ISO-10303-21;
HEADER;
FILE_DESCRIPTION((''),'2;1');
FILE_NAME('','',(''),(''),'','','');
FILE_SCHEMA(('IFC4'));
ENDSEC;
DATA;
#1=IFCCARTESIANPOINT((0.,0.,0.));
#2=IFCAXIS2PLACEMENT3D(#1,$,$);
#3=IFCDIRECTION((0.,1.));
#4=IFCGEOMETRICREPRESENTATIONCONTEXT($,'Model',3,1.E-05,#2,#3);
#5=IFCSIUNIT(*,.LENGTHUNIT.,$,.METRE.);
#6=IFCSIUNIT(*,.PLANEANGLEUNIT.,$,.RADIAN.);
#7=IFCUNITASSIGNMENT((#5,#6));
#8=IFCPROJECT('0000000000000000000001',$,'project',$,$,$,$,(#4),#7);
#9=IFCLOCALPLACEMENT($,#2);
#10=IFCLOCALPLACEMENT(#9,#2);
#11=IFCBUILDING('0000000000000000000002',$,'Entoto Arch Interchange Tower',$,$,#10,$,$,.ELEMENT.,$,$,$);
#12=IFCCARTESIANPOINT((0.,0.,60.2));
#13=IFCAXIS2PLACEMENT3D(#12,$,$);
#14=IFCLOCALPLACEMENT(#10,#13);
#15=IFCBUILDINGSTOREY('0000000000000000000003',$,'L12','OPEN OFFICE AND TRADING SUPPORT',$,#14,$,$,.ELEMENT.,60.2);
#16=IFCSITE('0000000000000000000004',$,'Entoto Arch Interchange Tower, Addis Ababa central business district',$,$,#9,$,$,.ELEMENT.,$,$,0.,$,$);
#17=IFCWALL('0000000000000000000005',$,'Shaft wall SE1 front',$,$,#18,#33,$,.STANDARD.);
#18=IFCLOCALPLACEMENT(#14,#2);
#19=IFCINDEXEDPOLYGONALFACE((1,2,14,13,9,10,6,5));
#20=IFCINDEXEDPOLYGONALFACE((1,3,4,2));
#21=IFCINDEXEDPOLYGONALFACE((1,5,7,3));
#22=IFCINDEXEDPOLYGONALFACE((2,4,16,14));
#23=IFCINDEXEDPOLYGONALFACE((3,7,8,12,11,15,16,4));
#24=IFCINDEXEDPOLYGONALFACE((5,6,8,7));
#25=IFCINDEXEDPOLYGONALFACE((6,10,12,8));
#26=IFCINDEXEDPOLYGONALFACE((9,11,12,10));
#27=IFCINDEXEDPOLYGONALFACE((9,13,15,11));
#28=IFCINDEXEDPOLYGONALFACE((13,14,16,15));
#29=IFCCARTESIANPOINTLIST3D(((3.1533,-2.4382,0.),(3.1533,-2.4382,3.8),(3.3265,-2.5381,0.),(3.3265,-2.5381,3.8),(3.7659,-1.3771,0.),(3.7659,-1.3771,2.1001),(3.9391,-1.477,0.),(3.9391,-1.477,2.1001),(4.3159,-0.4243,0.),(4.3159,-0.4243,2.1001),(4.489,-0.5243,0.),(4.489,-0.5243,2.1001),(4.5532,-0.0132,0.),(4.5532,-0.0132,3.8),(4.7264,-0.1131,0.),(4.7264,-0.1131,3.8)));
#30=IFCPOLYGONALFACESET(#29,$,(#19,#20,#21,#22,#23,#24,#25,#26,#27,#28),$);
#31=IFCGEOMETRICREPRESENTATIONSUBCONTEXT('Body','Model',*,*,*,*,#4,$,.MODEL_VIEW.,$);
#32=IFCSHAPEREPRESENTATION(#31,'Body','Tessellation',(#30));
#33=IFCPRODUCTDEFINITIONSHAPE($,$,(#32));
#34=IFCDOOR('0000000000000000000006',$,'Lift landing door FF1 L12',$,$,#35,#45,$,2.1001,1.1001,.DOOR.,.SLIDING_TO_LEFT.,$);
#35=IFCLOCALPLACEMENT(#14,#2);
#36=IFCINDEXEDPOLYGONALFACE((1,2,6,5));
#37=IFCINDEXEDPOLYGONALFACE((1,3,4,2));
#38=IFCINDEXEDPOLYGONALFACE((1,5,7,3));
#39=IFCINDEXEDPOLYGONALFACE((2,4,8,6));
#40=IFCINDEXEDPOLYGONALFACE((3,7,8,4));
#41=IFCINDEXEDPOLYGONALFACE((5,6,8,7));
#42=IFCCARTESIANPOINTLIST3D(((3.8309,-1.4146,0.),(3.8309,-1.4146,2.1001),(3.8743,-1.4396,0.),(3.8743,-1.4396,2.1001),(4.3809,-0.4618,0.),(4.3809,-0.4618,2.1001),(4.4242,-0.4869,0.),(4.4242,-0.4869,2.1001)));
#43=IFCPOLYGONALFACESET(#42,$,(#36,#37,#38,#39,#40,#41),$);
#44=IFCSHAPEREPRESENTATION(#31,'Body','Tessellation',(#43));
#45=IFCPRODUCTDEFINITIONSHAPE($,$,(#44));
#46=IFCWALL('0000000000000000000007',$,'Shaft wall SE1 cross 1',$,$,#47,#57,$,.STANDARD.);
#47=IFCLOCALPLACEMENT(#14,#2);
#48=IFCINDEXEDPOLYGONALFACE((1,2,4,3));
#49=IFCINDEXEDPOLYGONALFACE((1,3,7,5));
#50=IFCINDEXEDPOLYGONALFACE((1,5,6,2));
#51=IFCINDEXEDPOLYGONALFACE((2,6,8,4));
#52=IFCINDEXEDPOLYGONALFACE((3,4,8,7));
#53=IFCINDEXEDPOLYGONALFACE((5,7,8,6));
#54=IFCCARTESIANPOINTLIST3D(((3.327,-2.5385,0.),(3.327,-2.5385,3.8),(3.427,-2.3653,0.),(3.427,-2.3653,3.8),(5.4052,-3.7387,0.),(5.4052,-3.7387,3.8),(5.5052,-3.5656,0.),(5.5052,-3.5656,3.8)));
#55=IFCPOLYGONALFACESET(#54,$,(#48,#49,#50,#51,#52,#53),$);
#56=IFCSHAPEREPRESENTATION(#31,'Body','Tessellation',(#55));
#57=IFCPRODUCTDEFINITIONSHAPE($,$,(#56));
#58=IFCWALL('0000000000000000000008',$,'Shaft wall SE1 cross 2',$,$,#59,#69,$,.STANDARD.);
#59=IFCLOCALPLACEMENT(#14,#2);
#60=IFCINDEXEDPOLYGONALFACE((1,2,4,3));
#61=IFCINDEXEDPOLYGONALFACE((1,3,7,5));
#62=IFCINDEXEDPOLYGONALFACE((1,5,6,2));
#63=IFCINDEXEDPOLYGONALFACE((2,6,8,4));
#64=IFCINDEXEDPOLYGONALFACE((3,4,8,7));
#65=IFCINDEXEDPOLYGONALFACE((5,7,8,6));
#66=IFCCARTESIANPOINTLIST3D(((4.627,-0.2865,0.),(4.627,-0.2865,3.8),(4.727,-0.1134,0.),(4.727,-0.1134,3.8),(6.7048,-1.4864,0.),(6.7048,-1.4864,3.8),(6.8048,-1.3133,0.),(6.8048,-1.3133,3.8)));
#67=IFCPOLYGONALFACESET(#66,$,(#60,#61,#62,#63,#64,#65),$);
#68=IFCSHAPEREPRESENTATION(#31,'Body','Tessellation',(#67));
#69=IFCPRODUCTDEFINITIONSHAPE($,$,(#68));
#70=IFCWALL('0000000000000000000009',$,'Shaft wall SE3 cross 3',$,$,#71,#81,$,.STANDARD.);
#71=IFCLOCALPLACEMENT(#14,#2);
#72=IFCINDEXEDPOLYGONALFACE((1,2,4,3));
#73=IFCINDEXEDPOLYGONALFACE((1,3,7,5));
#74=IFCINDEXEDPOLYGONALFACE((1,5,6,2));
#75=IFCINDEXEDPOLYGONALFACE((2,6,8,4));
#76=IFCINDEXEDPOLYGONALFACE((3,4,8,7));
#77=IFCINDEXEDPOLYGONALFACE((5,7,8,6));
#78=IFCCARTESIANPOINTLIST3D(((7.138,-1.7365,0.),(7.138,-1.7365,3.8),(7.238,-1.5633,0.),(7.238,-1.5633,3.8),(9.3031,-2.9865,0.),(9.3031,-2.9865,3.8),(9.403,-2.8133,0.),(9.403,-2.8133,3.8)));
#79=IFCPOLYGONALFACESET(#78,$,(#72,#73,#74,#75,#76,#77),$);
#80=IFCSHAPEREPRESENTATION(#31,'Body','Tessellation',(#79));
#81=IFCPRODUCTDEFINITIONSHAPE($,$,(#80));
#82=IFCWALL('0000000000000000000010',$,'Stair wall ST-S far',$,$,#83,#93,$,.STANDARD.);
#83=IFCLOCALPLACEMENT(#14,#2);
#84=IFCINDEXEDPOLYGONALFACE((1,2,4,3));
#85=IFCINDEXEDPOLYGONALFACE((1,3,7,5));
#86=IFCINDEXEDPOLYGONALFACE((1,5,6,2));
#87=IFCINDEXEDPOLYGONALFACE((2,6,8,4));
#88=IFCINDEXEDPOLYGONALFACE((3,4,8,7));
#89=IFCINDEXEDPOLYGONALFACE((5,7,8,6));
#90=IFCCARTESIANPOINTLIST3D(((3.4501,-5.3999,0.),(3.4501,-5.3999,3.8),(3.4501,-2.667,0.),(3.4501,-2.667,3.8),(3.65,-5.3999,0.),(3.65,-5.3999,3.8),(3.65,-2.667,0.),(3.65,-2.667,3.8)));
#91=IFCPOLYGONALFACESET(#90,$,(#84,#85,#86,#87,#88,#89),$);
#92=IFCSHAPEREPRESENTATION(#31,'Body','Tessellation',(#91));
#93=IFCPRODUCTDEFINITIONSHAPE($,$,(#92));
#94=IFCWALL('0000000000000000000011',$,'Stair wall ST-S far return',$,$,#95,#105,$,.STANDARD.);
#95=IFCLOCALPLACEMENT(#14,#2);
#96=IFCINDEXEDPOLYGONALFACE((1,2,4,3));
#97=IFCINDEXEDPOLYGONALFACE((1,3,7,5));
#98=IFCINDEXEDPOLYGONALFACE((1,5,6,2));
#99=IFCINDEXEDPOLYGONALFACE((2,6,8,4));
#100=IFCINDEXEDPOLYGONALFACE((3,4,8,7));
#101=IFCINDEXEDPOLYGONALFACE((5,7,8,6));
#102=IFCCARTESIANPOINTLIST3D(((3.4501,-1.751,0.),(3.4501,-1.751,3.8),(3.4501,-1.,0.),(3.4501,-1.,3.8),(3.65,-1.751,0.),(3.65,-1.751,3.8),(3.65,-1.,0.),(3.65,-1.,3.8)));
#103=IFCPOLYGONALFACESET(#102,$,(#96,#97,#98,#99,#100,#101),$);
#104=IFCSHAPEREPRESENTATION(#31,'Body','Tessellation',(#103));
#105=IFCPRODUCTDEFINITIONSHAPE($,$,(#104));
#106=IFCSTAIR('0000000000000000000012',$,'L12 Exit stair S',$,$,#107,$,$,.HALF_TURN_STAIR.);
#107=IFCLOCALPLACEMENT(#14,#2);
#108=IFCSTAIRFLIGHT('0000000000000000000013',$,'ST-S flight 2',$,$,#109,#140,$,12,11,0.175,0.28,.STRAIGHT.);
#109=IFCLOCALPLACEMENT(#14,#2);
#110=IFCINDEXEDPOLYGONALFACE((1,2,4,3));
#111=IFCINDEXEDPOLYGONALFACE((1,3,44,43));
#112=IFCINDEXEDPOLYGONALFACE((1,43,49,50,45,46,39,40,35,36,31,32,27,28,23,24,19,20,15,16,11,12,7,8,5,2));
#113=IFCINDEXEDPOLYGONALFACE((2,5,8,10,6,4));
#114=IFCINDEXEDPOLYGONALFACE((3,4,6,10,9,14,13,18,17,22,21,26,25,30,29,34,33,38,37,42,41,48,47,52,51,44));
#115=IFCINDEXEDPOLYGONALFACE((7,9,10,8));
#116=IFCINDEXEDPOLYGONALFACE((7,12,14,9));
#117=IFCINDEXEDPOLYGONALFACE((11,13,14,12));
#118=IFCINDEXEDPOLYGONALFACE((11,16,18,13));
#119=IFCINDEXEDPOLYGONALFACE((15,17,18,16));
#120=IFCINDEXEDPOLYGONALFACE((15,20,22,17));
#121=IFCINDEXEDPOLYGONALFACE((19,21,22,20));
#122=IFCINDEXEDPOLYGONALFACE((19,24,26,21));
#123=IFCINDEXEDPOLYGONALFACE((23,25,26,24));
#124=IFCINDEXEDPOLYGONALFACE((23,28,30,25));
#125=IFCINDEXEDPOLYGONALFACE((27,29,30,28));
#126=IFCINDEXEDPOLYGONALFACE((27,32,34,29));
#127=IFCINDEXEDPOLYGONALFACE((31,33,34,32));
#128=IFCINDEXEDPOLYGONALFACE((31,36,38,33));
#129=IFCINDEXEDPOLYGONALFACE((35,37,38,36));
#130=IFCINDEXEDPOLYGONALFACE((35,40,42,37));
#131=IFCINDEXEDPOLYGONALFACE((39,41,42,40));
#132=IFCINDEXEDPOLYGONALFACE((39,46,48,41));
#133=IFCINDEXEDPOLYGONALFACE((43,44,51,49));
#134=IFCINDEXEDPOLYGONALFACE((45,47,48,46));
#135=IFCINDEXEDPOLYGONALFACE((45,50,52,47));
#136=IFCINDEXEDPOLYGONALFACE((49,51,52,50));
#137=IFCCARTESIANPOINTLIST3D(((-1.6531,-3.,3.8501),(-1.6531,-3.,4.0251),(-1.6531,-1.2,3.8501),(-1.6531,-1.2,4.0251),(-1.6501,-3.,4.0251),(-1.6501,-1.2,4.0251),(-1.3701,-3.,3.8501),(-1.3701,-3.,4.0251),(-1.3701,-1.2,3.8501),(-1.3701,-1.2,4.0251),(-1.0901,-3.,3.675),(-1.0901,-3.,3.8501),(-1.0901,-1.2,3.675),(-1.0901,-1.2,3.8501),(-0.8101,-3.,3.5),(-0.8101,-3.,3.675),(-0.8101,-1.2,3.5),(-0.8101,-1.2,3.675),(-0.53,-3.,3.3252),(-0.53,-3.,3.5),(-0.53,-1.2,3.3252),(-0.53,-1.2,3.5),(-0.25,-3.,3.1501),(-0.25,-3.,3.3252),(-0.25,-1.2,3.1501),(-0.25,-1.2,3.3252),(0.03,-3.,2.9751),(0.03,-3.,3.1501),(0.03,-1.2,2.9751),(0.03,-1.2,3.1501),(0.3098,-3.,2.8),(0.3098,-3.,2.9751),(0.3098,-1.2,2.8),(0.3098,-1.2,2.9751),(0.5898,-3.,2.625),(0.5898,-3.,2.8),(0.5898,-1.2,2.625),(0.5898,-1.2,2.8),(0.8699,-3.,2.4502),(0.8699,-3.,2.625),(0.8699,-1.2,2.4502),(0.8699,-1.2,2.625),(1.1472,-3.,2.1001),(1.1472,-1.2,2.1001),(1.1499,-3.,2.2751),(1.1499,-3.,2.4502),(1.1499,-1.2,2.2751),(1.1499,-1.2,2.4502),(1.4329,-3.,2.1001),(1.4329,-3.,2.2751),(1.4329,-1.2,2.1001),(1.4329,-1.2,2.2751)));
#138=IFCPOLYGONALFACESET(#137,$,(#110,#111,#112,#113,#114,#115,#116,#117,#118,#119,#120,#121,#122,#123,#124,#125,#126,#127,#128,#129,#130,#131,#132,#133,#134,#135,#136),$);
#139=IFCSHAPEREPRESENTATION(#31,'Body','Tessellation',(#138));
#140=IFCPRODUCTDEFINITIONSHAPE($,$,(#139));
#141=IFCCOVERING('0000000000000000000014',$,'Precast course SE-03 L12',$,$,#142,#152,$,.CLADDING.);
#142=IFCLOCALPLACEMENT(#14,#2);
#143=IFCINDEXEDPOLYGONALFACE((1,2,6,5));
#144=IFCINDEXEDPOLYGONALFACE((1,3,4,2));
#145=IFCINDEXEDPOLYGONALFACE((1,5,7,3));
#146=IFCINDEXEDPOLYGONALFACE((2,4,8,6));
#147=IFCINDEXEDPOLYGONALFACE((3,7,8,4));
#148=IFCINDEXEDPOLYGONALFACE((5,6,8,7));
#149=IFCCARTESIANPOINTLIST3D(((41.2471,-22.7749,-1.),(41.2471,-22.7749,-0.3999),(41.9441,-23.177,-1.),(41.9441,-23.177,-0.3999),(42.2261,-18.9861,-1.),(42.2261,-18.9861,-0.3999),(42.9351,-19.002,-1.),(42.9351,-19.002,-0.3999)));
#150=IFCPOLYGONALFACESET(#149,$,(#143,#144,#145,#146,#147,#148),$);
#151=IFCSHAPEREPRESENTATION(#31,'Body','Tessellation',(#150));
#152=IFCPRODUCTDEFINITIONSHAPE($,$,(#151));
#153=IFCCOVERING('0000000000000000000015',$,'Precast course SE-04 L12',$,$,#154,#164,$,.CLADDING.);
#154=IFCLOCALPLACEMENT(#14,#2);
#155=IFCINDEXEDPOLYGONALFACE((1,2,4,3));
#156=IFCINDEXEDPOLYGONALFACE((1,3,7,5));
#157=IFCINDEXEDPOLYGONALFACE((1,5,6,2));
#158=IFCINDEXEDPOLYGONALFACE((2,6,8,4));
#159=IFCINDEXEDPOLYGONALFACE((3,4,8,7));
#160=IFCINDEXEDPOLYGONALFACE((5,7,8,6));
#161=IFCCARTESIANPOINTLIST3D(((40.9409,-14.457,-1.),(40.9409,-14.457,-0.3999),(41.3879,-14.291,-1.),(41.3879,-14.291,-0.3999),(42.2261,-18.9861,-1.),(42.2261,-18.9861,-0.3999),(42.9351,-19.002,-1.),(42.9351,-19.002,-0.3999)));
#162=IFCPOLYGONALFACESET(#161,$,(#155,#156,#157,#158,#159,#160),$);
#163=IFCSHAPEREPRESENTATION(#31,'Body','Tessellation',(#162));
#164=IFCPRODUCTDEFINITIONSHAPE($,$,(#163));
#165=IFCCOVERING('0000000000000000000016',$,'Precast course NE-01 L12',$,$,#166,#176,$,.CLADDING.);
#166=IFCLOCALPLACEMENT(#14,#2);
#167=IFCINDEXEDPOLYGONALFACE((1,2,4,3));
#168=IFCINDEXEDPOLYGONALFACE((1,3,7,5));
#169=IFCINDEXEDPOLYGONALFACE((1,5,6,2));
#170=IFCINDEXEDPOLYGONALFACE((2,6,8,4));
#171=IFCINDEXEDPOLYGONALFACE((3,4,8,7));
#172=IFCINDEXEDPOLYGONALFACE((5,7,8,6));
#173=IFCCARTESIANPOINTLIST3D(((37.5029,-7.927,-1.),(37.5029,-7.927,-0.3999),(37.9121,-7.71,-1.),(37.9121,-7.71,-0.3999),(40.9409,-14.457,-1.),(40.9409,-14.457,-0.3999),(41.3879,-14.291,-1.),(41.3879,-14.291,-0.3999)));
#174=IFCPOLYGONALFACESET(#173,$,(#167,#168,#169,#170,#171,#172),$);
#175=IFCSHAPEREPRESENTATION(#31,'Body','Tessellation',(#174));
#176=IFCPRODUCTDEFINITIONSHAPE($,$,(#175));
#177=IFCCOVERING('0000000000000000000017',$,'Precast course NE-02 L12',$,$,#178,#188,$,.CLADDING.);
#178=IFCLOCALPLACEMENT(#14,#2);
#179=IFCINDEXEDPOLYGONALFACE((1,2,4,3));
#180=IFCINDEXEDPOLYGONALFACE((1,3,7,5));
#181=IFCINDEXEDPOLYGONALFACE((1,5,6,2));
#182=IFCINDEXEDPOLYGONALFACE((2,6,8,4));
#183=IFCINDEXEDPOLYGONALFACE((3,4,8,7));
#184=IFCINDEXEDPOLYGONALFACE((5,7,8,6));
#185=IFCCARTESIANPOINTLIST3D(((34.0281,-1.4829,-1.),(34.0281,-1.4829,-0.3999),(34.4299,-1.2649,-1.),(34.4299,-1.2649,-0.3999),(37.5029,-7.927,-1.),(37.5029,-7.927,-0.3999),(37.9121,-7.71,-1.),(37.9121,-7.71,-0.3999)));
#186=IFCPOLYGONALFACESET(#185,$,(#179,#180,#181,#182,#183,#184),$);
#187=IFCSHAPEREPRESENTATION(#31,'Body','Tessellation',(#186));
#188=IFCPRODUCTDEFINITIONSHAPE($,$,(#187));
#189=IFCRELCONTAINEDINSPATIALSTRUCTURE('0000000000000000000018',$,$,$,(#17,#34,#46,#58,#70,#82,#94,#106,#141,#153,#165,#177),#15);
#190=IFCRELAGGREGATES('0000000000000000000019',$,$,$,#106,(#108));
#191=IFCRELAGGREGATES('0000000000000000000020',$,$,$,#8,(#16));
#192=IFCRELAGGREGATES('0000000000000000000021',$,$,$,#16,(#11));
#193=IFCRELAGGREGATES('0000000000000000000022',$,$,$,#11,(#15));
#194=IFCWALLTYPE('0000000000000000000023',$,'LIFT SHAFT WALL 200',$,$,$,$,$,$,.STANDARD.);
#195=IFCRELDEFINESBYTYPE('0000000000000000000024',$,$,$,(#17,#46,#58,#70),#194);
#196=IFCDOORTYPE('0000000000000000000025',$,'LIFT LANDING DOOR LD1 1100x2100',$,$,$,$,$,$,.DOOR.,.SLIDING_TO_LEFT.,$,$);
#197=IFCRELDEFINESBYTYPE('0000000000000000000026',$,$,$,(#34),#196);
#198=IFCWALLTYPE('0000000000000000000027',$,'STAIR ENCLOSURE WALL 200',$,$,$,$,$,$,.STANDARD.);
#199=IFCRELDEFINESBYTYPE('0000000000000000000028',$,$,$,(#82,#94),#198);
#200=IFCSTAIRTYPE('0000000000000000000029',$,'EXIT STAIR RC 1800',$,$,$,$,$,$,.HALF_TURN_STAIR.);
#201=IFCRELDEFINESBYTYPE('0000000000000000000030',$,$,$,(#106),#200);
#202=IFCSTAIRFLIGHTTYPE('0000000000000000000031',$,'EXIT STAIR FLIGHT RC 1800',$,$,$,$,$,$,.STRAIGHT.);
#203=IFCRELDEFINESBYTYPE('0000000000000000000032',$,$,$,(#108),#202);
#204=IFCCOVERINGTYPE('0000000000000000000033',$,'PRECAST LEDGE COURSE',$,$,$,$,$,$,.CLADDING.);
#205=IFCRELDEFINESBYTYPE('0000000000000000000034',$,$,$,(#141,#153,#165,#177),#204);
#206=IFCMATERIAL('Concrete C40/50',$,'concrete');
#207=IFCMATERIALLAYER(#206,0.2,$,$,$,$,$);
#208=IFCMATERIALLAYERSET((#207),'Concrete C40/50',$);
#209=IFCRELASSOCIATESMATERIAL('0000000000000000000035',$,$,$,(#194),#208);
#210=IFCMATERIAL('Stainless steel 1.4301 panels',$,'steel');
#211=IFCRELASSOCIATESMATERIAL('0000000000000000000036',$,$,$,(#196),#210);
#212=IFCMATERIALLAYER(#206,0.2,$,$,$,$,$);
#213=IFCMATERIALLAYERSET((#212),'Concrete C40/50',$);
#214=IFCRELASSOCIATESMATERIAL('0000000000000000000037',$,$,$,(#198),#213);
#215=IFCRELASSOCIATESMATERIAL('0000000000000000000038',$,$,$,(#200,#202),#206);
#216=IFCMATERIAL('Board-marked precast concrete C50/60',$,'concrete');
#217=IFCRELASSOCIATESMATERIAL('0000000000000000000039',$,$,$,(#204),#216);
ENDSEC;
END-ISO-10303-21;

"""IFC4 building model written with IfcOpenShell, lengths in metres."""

from ifc_helpers import new_model, si_unit, direction, frame, frame_2d, origin, place, context, subcontext, project, spatial, polyline, rectangle, outline, extrude, material, layer, layer_set, type_object, element, fill, aggregate, save


model = new_model("IFC4")

# Units and contexts
model_context = context("Model", 3, precision=1e-05, world=origin(), true_north=direction((0.0, 1.0)))
body_context = subcontext(model_context, "Body", "Model", "MODEL_VIEW")
ifc_project = project(units=[si_unit("LENGTHUNIT", "METRE"), si_unit("PLANEANGLEUNIT", "RADIAN")], contexts=[model_context])

# Site, building, storey
site_placement = place(None, origin())
site = spatial("IfcSite", under=ifc_project, at=site_placement, Name="Entoto Arch Interchange Tower, Addis Ababa central business district", CompositionType="ELEMENT", RefElevation=0.0)
building_placement = place(site_placement, origin())
building = spatial("IfcBuilding", under=site, at=building_placement, Name="Entoto Arch Interchange Tower", CompositionType="ELEMENT")
storey_placement = place(building_placement, frame((0.0, 0.0, 60.2)))
storey = spatial("IfcBuildingStorey", under=building, at=storey_placement, Name="L12", Description="OPEN OFFICE AND TRADING SUPPORT", CompositionType="ELEMENT", Elevation=60.2)

# Wall, opening, door
ifc_material_1 = material(Name="Concrete C40/50", Category="concrete")
ifc_layer_1 = layer(ifc_material_1, 0.2)
ifc_layer_set_1 = layer_set([ifc_layer_1], Name="Concrete C40/50")
wall_type_1 = type_object("IfcWallType", Name="LIFT SHAFT WALL 200", PredefinedType="STANDARD", material=ifc_layer_set_1)
wall_1_placement = place(storey_placement, frame((3.24, -2.488, 0.0), z_axis=(0.0, 0.0, 1.0), x_axis=(0.499946, 0.866056, 0.0)))
wall_1 = element("IfcWall", 1, at=wall_1_placement, inside=storey, type_object=wall_type_1, Name="Shaft wall SE1 front", PredefinedType="STANDARD", context=body_context, shape_type="SweptSolid", body=[
    extrude(rectangle(XDim=2.8, YDim=0.2, at=frame_2d((1.3999, 0.0))), origin(), (0.0, 0.0, 1.0), 3.8),
])
opening_placement = place(wall_1_placement, frame((1.2251, 0.0, 0.0)))
opening = element("IfcOpeningElement", 2, at=opening_placement, cuts=wall_1, PredefinedType="OPENING", context=body_context, shape_type="SweptSolid", body=[
    extrude(rectangle(XDim=1.1001, YDim=2.1001, at=frame_2d((0.55, 1.05))), frame((0.0, 0.1099, 0.0), z_axis=(0.0, -1.0, 0.0), x_axis=(1.0, 0.0, 0.0)), (0.0, 0.0, 1.0), 0.22),
])
ifc_material_2 = material(Name="Stainless steel 1.4301 panels", Category="steel")
door_type = type_object("IfcDoorType", Name="LIFT LANDING DOOR LD1 1100x2100", OperationType="SLIDING_TO_LEFT", PredefinedType="DOOR", material=ifc_material_2)
door_placement = place(opening_placement, origin())
door = element("IfcDoor", 3, at=door_placement, inside=storey, type_object=door_type, Name="Lift landing door FF1 L12", OperationType="SLIDING_TO_LEFT", OverallHeight=2.1001, OverallWidth=1.1001, PredefinedType="DOOR", context=body_context, shape_type="SweptSolid", body=[
    extrude(rectangle(XDim=1.1001, YDim=2.1001, at=frame_2d((0.55, 1.05))), frame((0.0, 0.0249, 0.0), z_axis=(0.0, -1.0, 0.0), x_axis=(1.0, 0.0, 0.0)), (0.0, 0.0, 1.0), 0.05),
])
fill(opening, door)

# Walls
wall_2_placement = place(storey_placement, frame((3.377, -2.4519, 0.0), z_axis=(0.0, 0.0, 1.0), x_axis=(0.865955, -0.500122, 0.0)))
element("IfcWall", 4, at=wall_2_placement, inside=storey, type_object=wall_type_1, Name="Shaft wall SE1 cross 1", PredefinedType="STANDARD", context=body_context, shape_type="SweptSolid", body=[
    extrude(rectangle(XDim=2.3999, YDim=0.2, at=frame_2d((1.2, 0.0))), origin(), (0.0, 0.0, 1.0), 3.8),
])
wall_3_placement = place(storey_placement, frame((4.677, -0.2, 0.0), z_axis=(0.0, 0.0, 1.0), x_axis=(0.865974, -0.500089, 0.0)))
element("IfcWall", 5, at=wall_3_placement, inside=storey, type_object=wall_type_1, Name="Shaft wall SE1 cross 2", PredefinedType="STANDARD", context=body_context, shape_type="SweptSolid", body=[
    extrude(rectangle(XDim=2.3994, YDim=0.2, at=frame_2d((1.1997, 0.0))), origin(), (0.0, 0.0, 1.0), 3.8),
])
wall_4_placement = place(storey_placement, frame((7.188, -1.6499, 0.0), z_axis=(0.0, 0.0, 1.0), x_axis=(0.866023, -0.500004, 0.0)))
element("IfcWall", 6, at=wall_4_placement, inside=storey, type_object=wall_type_1, Name="Shaft wall SE3 cross 3", PredefinedType="STANDARD", context=body_context, shape_type="SweptSolid", body=[
    extrude(rectangle(XDim=2.5, YDim=0.2, at=frame_2d((1.25, 0.0))), origin(), (0.0, 0.0, 1.0), 3.8),
])
ifc_layer_2 = layer(ifc_material_1, 0.2)
ifc_layer_set_2 = layer_set([ifc_layer_2], Name="Concrete C40/50")
wall_type_2 = type_object("IfcWallType", Name="STAIR ENCLOSURE WALL 200", PredefinedType="STANDARD", material=ifc_layer_set_2)
wall_5_placement = place(storey_placement, frame((3.55, -2.667, 0.0), z_axis=(0.0, 0.0, 1.0), x_axis=(0.0, -1.0, 0.0)))
element("IfcWall", 7, at=wall_5_placement, inside=storey, type_object=wall_type_2, Name="Stair wall ST-S far", PredefinedType="STANDARD", context=body_context, shape_type="SweptSolid", body=[
    extrude(rectangle(XDim=2.7329, YDim=0.2, at=frame_2d((1.3665, 0.0))), origin(), (0.0, 0.0, 1.0), 3.8),
])
wall_6_placement = place(storey_placement, frame((3.55, -1.0, 0.0), z_axis=(0.0, 0.0, 1.0), x_axis=(0.0, -1.0, 0.0)))
element("IfcWall", 8, at=wall_6_placement, inside=storey, type_object=wall_type_2, Name="Stair wall ST-S far return", PredefinedType="STANDARD", context=body_context, shape_type="SweptSolid", body=[
    extrude(rectangle(XDim=0.751, YDim=0.2, at=frame_2d((0.3755, 0.0))), origin(), (0.0, 0.0, 1.0), 3.8),
])

# Stair, stair flight
stair_type = type_object("IfcStairType", Name="EXIT STAIR RC 1800", PredefinedType="HALF_TURN_STAIR", material=ifc_material_1)
stair_placement = place(storey_placement, origin())
stair = element("IfcStair", 9, at=stair_placement, inside=storey, type_object=stair_type, Name="L12 Exit stair S", PredefinedType="HALF_TURN_STAIR")
stair_flight_type = type_object("IfcStairFlightType", Name="EXIT STAIR FLIGHT RC 1800", PredefinedType="STRAIGHT", material=ifc_material_1)
stair_flight_placement = place(storey_placement, frame((1.4299, -2.1001, 2.1001), z_axis=(0.0, 0.0, 1.0), x_axis=(-1.0, 0.0, 0.0)))
stair_flight = element("IfcStairFlight", 10, at=stair_flight_placement, type_object=stair_flight_type, Name="ST-S flight 2", NumberOfRisers=12, NumberOfTreads=11, PredefinedType="STRAIGHT", RiserHeight=0.175, TreadLength=0.28, context=body_context, shape_type="SweptSolid", body=[
    extrude(outline(polyline([(-0.0029, 0.0), (-0.0029, 0.175), (0.28, 0.175), (0.28, 0.3501), (0.5601, 0.3501), (0.5601, 0.5249), (0.8401, 0.5249), (0.8401, 0.7), (1.1201, 0.7), (1.1201, 0.875), (1.3999, 0.875), (1.3999, 1.05), (1.6799, 1.05), (1.6799, 1.2251), (1.96, 1.2251), (1.96, 1.3999), (2.24, 1.3999), (2.24, 1.575), (2.52, 1.575), (2.52, 1.75), (2.8, 1.75), (2.8, 1.925), (3.0801, 1.925), (3.083, 1.925), (3.083, 1.75), (0.2827, 0.0), (-0.0029, 0.0)])), frame((0.0, 0.8999, 0.0), z_axis=(0.0, -1.0, 0.0), x_axis=(1.0, 0.0, 0.0)), (0.0, 0.0, 1.0), 1.8),
])
aggregate(stair, [stair_flight])

# Coverings
ifc_material_3 = material(Name="Board-marked precast concrete C50/60", Category="concrete")
covering_type = type_object("IfcCoveringType", Name="PRECAST LEDGE COURSE", PredefinedType="CLADDING", material=ifc_material_3)
covering_1_placement = place(storey_placement, frame((0.0, 0.0, -1.0)))
element("IfcCovering", 11, at=covering_1_placement, inside=storey, type_object=covering_type, Name="Precast course SE-03 L12", PredefinedType="CLADDING", context=body_context, shape_type="SweptSolid", body=[
    extrude(outline(polyline([(42.2261, -18.9861), (42.9351, -19.002), (41.9441, -23.177), (41.2471, -22.7749), (42.2261, -18.9861)])), origin(), (0.0, 0.0, 1.0), 0.6001),
])
covering_2_placement = place(storey_placement, frame((0.0, 0.0, -1.0)))
element("IfcCovering", 12, at=covering_2_placement, inside=storey, type_object=covering_type, Name="Precast course SE-04 L12", PredefinedType="CLADDING", context=body_context, shape_type="SweptSolid", body=[
    extrude(outline(polyline([(40.9409, -14.457), (41.3879, -14.291), (42.9351, -19.002), (42.2261, -18.9861), (40.9409, -14.457)])), origin(), (0.0, 0.0, 1.0), 0.6001),
])
covering_3_placement = place(storey_placement, frame((0.0, 0.0, -1.0)))
element("IfcCovering", 13, at=covering_3_placement, inside=storey, type_object=covering_type, Name="Precast course NE-01 L12", PredefinedType="CLADDING", context=body_context, shape_type="SweptSolid", body=[
    extrude(outline(polyline([(37.5029, -7.927), (37.9121, -7.71), (41.3879, -14.291), (40.9409, -14.457), (37.5029, -7.927)])), origin(), (0.0, 0.0, 1.0), 0.6001),
])
covering_4_placement = place(storey_placement, frame((0.0, 0.0, -1.0)))
element("IfcCovering", 14, at=covering_4_placement, inside=storey, type_object=covering_type, Name="Precast course NE-02 L12", PredefinedType="CLADDING", context=body_context, shape_type="SweptSolid", body=[
    extrude(outline(polyline([(34.0281, -1.4829), (34.4299, -1.2649), (37.9121, -7.71), (37.5029, -7.927), (34.0281, -1.4829)])), origin(), (0.0, 0.0, 1.0), 0.6001),
])

save(model, "model.ifc")
